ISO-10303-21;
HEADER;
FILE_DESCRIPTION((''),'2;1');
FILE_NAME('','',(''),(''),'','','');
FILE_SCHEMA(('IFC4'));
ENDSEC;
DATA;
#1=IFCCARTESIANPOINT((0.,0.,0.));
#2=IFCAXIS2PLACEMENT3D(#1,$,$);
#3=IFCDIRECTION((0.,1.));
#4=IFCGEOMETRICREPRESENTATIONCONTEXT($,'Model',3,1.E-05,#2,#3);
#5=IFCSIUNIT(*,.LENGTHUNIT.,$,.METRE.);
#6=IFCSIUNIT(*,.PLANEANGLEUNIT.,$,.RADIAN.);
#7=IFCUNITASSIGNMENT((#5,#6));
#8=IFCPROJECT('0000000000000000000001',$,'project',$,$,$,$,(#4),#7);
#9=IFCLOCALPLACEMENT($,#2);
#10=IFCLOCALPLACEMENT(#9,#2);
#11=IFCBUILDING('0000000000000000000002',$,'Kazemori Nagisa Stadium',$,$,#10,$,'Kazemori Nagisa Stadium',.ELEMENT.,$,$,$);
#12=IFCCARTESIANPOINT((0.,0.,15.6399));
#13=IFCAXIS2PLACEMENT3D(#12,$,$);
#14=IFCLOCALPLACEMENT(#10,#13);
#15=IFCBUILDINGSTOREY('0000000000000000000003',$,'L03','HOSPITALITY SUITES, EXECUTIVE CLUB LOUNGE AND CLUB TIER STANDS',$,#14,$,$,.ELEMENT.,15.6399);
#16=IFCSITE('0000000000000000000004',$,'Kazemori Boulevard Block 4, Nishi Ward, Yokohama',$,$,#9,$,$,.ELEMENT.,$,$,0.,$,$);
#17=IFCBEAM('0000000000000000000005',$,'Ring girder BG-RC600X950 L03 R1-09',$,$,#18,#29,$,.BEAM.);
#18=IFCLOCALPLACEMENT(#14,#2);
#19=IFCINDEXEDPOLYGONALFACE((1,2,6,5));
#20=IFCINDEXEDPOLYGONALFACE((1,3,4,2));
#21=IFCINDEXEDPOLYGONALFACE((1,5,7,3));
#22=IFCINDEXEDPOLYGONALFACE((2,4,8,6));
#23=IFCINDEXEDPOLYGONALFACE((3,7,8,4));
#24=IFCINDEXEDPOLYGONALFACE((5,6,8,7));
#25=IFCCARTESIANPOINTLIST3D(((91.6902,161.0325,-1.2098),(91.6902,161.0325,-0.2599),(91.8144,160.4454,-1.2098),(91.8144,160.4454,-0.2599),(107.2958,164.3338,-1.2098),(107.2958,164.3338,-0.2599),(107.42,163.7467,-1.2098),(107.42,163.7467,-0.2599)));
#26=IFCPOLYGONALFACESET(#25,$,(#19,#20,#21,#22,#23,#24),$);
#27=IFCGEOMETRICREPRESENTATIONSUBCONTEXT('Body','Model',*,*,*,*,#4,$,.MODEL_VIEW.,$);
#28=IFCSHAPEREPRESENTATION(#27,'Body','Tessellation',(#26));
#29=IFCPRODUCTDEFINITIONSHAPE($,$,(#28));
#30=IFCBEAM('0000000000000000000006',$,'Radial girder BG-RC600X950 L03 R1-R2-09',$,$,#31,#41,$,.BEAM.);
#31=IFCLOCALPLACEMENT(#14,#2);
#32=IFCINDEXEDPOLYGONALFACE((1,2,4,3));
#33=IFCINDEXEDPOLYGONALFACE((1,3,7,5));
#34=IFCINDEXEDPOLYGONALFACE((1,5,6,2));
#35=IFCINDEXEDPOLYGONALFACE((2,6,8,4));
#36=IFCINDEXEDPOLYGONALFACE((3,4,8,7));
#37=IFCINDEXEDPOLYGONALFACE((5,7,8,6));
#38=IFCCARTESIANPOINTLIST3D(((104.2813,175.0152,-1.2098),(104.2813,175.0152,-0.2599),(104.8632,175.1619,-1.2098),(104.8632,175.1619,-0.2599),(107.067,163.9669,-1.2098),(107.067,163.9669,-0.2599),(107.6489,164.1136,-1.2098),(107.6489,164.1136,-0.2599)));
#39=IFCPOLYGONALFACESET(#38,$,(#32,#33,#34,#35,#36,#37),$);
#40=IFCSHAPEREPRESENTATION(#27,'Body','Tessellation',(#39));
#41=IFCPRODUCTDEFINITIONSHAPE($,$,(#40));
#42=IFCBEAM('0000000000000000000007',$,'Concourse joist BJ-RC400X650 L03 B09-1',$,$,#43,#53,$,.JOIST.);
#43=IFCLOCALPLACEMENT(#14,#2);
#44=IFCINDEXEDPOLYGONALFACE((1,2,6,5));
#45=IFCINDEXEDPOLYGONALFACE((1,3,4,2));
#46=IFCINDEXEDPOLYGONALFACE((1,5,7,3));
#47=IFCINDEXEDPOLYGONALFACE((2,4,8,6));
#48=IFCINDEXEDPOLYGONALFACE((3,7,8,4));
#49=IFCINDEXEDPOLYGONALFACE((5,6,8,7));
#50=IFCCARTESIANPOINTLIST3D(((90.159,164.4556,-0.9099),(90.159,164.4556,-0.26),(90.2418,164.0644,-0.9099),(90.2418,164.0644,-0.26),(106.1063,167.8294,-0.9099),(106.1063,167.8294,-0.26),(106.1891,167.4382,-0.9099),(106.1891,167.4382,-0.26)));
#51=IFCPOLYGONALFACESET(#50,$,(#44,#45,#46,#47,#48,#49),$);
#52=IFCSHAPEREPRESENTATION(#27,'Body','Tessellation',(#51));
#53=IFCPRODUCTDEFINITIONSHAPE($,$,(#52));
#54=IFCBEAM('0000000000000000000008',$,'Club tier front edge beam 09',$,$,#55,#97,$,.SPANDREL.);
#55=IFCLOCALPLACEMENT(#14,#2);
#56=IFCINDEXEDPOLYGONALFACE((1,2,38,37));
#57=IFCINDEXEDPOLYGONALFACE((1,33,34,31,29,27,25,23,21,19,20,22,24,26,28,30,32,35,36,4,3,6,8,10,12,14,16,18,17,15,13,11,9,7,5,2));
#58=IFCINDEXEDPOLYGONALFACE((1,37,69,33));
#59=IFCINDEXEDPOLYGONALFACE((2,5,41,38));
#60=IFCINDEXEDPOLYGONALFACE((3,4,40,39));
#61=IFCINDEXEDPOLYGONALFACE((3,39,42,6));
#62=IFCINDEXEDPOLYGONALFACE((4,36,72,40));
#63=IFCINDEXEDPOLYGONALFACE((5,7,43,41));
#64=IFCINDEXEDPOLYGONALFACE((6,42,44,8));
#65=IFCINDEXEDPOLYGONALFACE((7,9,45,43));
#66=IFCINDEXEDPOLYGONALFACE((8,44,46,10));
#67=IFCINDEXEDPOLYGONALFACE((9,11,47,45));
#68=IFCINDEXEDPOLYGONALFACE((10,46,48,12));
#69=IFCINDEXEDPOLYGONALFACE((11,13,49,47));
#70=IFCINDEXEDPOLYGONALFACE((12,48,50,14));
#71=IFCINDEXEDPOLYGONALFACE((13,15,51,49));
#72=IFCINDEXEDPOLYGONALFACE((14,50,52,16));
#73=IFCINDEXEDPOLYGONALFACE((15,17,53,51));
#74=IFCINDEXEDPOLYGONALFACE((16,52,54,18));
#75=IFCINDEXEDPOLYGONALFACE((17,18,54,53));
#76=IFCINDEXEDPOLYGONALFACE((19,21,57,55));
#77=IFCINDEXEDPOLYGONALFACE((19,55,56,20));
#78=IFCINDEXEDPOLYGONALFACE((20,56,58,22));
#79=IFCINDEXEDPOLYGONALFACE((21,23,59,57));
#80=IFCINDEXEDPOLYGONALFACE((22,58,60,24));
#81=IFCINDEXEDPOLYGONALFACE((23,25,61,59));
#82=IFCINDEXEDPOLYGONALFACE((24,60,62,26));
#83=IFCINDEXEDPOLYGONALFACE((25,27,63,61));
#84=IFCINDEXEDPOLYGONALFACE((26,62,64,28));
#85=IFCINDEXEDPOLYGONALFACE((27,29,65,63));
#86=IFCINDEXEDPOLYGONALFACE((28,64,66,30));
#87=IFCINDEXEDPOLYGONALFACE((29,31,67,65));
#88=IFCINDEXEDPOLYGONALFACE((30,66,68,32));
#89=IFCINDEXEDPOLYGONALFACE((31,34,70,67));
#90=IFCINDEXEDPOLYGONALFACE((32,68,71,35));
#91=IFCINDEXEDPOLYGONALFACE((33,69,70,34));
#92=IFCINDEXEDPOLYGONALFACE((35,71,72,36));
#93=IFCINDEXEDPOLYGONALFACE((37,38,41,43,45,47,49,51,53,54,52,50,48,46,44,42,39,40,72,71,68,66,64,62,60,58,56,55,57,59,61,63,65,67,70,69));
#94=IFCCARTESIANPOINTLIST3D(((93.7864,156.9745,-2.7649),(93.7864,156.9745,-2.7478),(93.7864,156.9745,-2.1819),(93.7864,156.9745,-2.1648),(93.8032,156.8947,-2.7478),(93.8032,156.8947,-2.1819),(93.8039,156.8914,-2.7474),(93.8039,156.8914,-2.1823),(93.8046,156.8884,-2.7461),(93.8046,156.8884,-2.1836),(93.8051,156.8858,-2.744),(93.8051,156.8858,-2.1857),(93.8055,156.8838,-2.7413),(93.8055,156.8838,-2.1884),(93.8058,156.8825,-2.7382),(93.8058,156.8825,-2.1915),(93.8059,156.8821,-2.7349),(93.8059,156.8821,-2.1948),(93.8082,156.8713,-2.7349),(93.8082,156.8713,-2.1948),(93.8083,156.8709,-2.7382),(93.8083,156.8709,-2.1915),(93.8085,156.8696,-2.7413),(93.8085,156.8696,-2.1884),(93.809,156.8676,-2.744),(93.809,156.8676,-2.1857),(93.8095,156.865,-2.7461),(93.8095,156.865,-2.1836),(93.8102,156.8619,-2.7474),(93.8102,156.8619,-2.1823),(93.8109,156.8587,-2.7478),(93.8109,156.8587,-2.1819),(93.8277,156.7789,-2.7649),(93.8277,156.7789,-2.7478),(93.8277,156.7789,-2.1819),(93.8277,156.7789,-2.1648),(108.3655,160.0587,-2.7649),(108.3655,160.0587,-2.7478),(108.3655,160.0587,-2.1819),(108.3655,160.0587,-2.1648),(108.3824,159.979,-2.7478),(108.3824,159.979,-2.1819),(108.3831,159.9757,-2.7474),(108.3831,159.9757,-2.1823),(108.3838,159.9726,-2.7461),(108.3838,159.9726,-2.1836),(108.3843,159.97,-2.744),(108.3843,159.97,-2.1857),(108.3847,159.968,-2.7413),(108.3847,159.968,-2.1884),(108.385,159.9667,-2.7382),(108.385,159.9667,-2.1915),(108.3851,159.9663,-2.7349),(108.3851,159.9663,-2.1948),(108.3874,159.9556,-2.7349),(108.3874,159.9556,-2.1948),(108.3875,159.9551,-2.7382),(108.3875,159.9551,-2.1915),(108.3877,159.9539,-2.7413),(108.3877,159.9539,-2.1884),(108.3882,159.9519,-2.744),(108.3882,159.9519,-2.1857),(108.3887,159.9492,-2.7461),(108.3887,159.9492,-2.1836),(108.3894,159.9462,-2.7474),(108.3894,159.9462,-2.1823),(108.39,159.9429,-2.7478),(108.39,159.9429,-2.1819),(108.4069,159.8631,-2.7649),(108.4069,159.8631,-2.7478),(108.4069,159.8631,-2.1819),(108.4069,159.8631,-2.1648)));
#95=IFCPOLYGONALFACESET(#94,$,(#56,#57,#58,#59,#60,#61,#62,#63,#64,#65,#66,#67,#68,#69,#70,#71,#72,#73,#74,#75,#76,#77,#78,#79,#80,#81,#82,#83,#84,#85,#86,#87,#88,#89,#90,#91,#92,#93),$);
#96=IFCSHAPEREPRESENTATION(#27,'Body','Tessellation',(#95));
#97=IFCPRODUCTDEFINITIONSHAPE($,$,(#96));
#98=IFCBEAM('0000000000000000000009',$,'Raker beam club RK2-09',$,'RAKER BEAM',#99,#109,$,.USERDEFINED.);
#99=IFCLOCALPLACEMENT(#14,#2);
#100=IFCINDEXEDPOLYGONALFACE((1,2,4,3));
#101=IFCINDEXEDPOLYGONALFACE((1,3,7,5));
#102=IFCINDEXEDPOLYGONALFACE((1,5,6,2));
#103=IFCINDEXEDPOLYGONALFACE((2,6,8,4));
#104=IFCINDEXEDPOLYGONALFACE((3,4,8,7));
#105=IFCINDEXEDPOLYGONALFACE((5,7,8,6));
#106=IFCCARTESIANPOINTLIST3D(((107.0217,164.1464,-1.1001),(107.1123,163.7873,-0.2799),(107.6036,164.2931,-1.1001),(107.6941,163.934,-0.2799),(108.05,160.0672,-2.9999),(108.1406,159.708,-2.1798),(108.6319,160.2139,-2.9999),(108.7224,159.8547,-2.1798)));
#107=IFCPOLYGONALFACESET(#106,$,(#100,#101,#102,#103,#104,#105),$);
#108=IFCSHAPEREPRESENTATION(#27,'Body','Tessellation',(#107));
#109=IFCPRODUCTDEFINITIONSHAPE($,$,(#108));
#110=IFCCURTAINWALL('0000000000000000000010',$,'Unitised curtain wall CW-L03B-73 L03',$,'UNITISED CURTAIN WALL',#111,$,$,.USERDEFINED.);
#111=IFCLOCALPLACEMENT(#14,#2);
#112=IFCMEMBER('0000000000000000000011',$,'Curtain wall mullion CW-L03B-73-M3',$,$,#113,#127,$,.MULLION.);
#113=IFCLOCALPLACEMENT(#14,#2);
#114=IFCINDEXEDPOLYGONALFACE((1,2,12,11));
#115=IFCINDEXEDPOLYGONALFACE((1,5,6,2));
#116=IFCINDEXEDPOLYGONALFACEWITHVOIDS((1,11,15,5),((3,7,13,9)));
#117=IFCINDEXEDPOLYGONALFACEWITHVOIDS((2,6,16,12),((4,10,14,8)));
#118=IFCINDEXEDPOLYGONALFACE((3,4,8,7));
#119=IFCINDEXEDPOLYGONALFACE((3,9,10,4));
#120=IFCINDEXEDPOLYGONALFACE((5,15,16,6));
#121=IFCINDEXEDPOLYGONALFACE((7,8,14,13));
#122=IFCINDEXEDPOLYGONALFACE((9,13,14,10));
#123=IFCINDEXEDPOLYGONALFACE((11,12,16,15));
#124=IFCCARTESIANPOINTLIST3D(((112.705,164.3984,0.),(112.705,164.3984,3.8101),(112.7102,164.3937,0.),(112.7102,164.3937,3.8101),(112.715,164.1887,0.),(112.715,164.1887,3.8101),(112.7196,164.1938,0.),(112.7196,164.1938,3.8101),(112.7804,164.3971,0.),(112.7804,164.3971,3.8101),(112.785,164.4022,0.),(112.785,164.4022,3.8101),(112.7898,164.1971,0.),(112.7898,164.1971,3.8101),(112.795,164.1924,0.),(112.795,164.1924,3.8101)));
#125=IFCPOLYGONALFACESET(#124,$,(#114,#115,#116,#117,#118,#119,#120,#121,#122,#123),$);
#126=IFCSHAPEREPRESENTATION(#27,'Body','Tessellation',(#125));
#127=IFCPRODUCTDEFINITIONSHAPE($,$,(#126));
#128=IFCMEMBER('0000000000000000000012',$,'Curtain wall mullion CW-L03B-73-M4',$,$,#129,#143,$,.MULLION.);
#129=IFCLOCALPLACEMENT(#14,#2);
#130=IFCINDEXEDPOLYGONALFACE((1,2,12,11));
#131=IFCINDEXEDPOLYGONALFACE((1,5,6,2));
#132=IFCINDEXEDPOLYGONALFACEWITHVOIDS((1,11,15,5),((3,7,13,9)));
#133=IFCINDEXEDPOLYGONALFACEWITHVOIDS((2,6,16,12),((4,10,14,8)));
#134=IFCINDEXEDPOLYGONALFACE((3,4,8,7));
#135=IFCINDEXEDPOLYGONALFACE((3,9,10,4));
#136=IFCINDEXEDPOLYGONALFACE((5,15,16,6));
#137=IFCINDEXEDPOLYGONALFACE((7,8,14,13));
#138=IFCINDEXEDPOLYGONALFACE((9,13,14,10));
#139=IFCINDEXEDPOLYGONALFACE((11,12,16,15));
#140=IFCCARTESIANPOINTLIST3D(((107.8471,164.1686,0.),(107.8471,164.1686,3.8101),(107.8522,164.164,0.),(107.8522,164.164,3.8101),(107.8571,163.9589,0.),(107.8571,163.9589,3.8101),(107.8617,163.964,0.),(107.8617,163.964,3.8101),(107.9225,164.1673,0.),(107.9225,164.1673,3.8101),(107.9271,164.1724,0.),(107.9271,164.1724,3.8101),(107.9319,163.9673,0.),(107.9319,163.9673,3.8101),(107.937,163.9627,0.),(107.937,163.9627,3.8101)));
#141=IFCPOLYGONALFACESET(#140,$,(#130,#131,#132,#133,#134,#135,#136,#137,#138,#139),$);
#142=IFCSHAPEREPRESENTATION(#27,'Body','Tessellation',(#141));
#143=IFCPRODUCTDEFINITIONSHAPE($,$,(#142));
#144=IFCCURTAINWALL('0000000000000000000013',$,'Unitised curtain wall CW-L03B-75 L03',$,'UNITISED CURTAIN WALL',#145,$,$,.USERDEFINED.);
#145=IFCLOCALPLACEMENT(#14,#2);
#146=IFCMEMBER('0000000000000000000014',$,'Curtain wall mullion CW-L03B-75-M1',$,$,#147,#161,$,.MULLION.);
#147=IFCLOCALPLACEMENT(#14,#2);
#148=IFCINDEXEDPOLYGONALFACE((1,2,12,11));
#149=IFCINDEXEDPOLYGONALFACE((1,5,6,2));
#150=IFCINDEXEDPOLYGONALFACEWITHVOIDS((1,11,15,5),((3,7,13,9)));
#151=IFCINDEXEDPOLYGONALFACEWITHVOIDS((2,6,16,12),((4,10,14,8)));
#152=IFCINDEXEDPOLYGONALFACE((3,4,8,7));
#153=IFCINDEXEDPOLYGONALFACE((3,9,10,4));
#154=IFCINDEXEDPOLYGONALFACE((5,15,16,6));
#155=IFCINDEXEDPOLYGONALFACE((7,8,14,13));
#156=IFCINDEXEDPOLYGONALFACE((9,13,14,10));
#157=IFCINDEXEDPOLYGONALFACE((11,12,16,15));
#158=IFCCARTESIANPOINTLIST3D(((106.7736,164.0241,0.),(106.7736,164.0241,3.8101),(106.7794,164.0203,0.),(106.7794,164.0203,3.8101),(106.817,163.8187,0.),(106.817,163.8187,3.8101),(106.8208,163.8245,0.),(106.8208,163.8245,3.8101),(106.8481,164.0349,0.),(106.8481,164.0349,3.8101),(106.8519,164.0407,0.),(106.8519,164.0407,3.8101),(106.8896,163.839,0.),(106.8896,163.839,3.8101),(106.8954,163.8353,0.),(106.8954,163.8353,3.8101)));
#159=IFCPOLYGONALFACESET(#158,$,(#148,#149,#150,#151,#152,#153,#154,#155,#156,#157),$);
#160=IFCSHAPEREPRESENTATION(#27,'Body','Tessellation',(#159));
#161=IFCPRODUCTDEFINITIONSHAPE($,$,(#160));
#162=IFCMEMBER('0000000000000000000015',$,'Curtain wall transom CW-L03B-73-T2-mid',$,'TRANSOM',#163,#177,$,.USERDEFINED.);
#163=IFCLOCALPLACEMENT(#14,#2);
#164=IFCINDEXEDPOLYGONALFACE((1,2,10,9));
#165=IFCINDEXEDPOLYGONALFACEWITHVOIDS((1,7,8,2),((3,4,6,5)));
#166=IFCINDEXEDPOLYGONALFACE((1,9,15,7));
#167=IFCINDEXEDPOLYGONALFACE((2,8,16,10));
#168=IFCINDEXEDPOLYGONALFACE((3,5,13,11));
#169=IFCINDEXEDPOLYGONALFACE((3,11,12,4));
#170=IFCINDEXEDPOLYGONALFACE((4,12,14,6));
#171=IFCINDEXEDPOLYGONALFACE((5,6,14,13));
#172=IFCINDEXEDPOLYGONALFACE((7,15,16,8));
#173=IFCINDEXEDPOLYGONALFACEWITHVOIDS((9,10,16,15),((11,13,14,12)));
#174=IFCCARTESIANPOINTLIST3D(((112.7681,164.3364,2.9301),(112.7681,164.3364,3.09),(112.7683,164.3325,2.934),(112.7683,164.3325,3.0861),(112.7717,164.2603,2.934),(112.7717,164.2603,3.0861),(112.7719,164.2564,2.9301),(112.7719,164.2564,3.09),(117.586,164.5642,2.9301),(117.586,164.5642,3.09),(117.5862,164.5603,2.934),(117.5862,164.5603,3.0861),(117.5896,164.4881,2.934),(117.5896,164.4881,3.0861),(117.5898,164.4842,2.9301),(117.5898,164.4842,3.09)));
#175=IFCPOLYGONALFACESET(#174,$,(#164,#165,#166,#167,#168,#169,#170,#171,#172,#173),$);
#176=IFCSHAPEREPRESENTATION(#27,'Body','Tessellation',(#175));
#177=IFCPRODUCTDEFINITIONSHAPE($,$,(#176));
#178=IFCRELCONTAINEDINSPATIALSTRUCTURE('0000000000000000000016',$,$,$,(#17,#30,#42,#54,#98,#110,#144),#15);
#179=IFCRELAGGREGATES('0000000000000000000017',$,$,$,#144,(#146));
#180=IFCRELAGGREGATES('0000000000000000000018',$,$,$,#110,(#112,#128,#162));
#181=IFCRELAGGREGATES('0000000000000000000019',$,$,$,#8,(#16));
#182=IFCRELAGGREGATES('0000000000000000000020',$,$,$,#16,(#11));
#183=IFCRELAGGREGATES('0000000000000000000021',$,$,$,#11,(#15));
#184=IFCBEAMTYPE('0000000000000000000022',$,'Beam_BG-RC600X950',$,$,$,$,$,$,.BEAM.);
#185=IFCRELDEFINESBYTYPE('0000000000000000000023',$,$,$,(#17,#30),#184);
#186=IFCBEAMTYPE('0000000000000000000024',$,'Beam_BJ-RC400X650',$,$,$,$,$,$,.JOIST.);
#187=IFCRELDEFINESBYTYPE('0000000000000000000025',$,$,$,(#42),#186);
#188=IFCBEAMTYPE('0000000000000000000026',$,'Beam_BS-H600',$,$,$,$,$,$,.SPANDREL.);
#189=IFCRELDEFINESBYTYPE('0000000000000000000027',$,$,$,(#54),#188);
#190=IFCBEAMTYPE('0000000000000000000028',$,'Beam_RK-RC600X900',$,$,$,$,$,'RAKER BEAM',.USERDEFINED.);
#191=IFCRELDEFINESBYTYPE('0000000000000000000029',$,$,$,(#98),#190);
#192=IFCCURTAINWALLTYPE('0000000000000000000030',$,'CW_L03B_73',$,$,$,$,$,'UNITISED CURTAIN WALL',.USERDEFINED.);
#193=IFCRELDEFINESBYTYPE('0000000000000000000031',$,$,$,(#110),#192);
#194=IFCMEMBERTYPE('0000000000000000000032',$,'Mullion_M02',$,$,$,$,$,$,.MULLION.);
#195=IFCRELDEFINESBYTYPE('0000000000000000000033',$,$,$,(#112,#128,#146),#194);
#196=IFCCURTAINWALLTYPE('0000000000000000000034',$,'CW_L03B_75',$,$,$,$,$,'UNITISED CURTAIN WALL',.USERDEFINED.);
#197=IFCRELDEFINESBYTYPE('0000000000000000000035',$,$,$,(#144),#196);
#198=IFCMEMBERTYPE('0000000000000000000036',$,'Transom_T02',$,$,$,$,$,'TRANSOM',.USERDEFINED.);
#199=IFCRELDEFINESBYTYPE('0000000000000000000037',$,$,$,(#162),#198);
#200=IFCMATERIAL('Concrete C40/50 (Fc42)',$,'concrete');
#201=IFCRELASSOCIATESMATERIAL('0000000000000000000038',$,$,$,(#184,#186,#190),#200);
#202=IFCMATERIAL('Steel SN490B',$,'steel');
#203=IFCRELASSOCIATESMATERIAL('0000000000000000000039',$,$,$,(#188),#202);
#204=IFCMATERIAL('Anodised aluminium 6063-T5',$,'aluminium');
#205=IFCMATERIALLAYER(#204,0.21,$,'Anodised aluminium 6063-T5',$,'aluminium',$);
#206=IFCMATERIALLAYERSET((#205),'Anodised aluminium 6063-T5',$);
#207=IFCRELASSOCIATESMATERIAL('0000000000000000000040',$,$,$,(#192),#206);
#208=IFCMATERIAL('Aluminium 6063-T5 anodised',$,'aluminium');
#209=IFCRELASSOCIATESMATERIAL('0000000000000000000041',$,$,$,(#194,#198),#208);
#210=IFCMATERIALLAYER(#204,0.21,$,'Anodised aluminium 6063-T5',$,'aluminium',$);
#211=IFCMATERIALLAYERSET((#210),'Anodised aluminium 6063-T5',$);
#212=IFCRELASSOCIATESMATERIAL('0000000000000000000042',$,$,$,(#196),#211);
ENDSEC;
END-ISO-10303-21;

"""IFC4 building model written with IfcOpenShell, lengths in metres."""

from ifc_helpers import new_model, si_unit, direction, frame, origin, origin_2d, place, context, subcontext, project, spatial, rectangle, hollow_rectangle, i_section, extrude, material, layer, layer_set, material_profile, profile_set, type_object, element, aggregate, save


model = new_model("IFC4")

# Units and contexts
model_context = context("Model", 3, precision=1e-05, world=origin(), true_north=direction((0.0, 1.0)))
body_context = subcontext(model_context, "Body", "Model", "MODEL_VIEW")
ifc_project = project(units=[si_unit("LENGTHUNIT", "METRE"), si_unit("PLANEANGLEUNIT", "RADIAN")], contexts=[model_context])

# Site, building, storey
site_placement = place(None, origin())
site = spatial("IfcSite", under=ifc_project, at=site_placement, Name="Kazemori Boulevard Block 4, Nishi Ward, Yokohama", CompositionType="ELEMENT", RefElevation=0.0)
building_placement = place(site_placement, origin())
building = spatial("IfcBuilding", under=site, at=building_placement, Name="Kazemori Nagisa Stadium", LongName="Kazemori Nagisa Stadium", CompositionType="ELEMENT")
storey_placement = place(building_placement, frame((0.0, 0.0, 15.6399)))
storey = spatial("IfcBuildingStorey", under=building, at=storey_placement, Name="L03", Description="HOSPITALITY SUITES, EXECUTIVE CLUB LOUNGE AND CLUB TIER STANDS", CompositionType="ELEMENT", Elevation=15.6399)

# Shared definitions
ifc_material_1 = material(Name="Concrete C40/50 (Fc42)", Category="concrete")

# Beams
ifc_material_profile_1 = material_profile(ifc_material_1, rectangle(XDim=0.6001, YDim=0.95, at=origin_2d()), Name="RC-BM-600x950")
ifc_profile_set_1 = profile_set([ifc_material_profile_1], Name="Concrete C40/50 (Fc42)")
beam_type_1 = type_object("IfcBeamType", Name="Beam_BG-RC600X950", PredefinedType="BEAM", material=ifc_profile_set_1)
beam_1_placement = place(storey_placement, frame((107.3579, 164.0403, -0.7349), z_axis=(-0.978348, -0.206965, 0.0), x_axis=(0.206965, -0.978348, 0.0)))
element("IfcBeam", 1, at=beam_1_placement, inside=storey, type_object=beam_type_1, Name="Ring girder BG-RC600X950 L03 R1-09", PredefinedType="BEAM", context=body_context, shape_type="SweptSolid", body=[
    extrude(rectangle(XDim=0.6001, YDim=0.95, at=origin_2d()), origin(), (0.0, 0.0, 1.0), 15.9509),
])
beam_2_placement = place(storey_placement, frame((107.3579, 164.0403, -0.7349), z_axis=(-0.244481, 0.969654, 0.0), x_axis=(-0.969654, -0.244481, 0.0)))
element("IfcBeam", 2, at=beam_2_placement, inside=storey, type_object=beam_type_1, Name="Radial girder BG-RC600X950 L03 R1-R2-09", PredefinedType="BEAM", context=body_context, shape_type="SweptSolid", body=[
    extrude(rectangle(XDim=0.6001, YDim=0.95, at=origin_2d()), origin(), (0.0, 0.0, 1.0), 11.394),
])
ifc_material_profile_2 = material_profile(ifc_material_1, rectangle(XDim=0.3999, YDim=0.6499, at=origin_2d()), Name="RC-BM-400x650")
ifc_profile_set_2 = profile_set([ifc_material_profile_2], Name="Concrete C40/50 (Fc42)")
beam_type_2 = type_object("IfcBeamType", Name="Beam_BJ-RC400X650", PredefinedType="JOIST", material=ifc_profile_set_2)
beam_3_placement = place(storey_placement, frame((106.1477, 167.6338, -0.585), z_axis=(-0.978346, -0.206977, 0.0), x_axis=(0.206977, -0.978346, 0.0)))
element("IfcBeam", 3, at=beam_3_placement, inside=storey, type_object=beam_type_2, Name="Concourse joist BJ-RC400X650 L03 B09-1", PredefinedType="JOIST", context=body_context, shape_type="SweptSolid", body=[
    extrude(rectangle(XDim=0.3999, YDim=0.6499, at=origin_2d()), origin(), (0.0, 0.0, 1.0), 16.3003),
])
ifc_material_2 = material(Name="Steel SN490B", Category="steel")
ifc_material_profile_3 = material_profile(ifc_material_2, i_section(OverallWidth=0.2, OverallDepth=0.6001, WebThickness=0.011, FlangeThickness=0.0171, FilletRadius=0.0129, at=origin_2d()), Name="H-600x200x11x17")
ifc_profile_set_3 = profile_set([ifc_material_profile_3], Name="Steel SN490B")
beam_type_3 = type_object("IfcBeamType", Name="Beam_BS-H600", PredefinedType="SPANDREL", material=ifc_profile_set_3)
beam_4_placement = place(storey_placement, frame((108.3862, 159.9609, -2.4648), z_axis=(-0.978347, -0.206971, 0.0), x_axis=(0.206971, -0.978347, 0.0)))
element("IfcBeam", 4, at=beam_4_placement, inside=storey, type_object=beam_type_3, Name="Club tier front edge beam 09", PredefinedType="SPANDREL", context=body_context, shape_type="SweptSolid", body=[
    extrude(i_section(OverallWidth=0.2, OverallDepth=0.6001, WebThickness=0.011, FlangeThickness=0.0171, FilletRadius=0.0129, at=origin_2d()), origin(), (0.0, 0.0, 1.0), 14.9019),
])
ifc_material_profile_4 = material_profile(ifc_material_1, rectangle(XDim=0.6001, YDim=0.8999, at=origin_2d()), Name="RC-RK-600x900")
ifc_profile_set_4 = profile_set([ifc_material_profile_4], Name="Concrete C40/50 (Fc42)")
beam_type_4 = type_object("IfcBeamType", Name="Beam_RK-RC600X900", ElementType="RAKER BEAM", PredefinedType="USERDEFINED", material=ifc_profile_set_4)
beam_5_placement = place(storey_placement, frame((108.3862, 159.9609, -2.5898), z_axis=(-0.222769, 0.883726, 0.411584), x_axis=(-0.969666, -0.244433, 0.0)))
element("IfcBeam", 5, at=beam_5_placement, inside=storey, type_object=beam_type_4, Name="Raker beam club RK2-09", ObjectType="RAKER BEAM", PredefinedType="USERDEFINED", context=body_context, shape_type="SweptSolid", body=[
    extrude(rectangle(XDim=0.6001, YDim=0.8999, at=origin_2d()), origin(), (0.0, 0.0, 1.0), 4.616),
])

# Curtain wall, members
ifc_material_3 = material(Name="Anodised aluminium 6063-T5", Category="aluminium")
ifc_layer_1 = layer(ifc_material_3, 0.21, Name="Anodised aluminium 6063-T5", Category="aluminium")
ifc_layer_set_1 = layer_set([ifc_layer_1], Name="Anodised aluminium 6063-T5")
curtain_wall_type_1 = type_object("IfcCurtainWallType", Name="CW_L03B_73", ElementType="UNITISED CURTAIN WALL", PredefinedType="USERDEFINED", material=ifc_layer_set_1)
curtain_wall_1_placement = place(storey_placement, origin())
curtain_wall_1 = element("IfcCurtainWall", 6, at=curtain_wall_1_placement, inside=storey, type_object=curtain_wall_type_1, Name="Unitised curtain wall CW-L03B-73 L03", ObjectType="UNITISED CURTAIN WALL", PredefinedType="USERDEFINED")
ifc_material_4 = material(Name="Aluminium 6063-T5 anodised", Category="aluminium")
ifc_material_profile_5 = material_profile(ifc_material_4, hollow_rectangle(XDim=0.0801, YDim=0.21, WallThickness=0.0049, at=origin_2d()), Name="ALU-MULL-80x210x5")
ifc_profile_set_5 = profile_set([ifc_material_profile_5], Name="Aluminium 6063-T5 anodised")
member_type_1 = type_object("IfcMemberType", Name="Mullion_M02", PredefinedType="MULLION", material=ifc_profile_set_5)
member_1_placement = place(storey_placement, frame((112.75, 164.2954, 0.0), z_axis=(0.0, 0.0, 1.0), x_axis=(-0.998884, -0.04723, 0.0)))
member_1 = element("IfcMember", 7, at=member_1_placement, type_object=member_type_1, Name="Curtain wall mullion CW-L03B-73-M3", PredefinedType="MULLION", context=body_context, shape_type="SweptSolid", body=[
    extrude(hollow_rectangle(XDim=0.0801, YDim=0.21, WallThickness=0.0049, at=origin_2d()), origin(), (0.0, 0.0, 1.0), 3.8101),
])
member_2_placement = place(storey_placement, frame((107.8921, 164.0657, 0.0), z_axis=(0.0, 0.0, 1.0), x_axis=(-0.998884, -0.04723, 0.0)))
member_2 = element("IfcMember", 8, at=member_2_placement, type_object=member_type_1, Name="Curtain wall mullion CW-L03B-73-M4", PredefinedType="MULLION", context=body_context, shape_type="SweptSolid", body=[
    extrude(hollow_rectangle(XDim=0.0801, YDim=0.21, WallThickness=0.0049, at=origin_2d()), origin(), (0.0, 0.0, 1.0), 3.8101),
])

# Curtain wall, member
ifc_layer_2 = layer(ifc_material_3, 0.21, Name="Anodised aluminium 6063-T5", Category="aluminium")
ifc_layer_set_2 = layer_set([ifc_layer_2], Name="Anodised aluminium 6063-T5")
curtain_wall_type_2 = type_object("IfcCurtainWallType", Name="CW_L03B_75", ElementType="UNITISED CURTAIN WALL", PredefinedType="USERDEFINED", material=ifc_layer_set_2)
curtain_wall_2_placement = place(storey_placement, origin())
curtain_wall_2 = element("IfcCurtainWall", 9, at=curtain_wall_2_placement, inside=storey, type_object=curtain_wall_type_2, Name="Unitised curtain wall CW-L03B-75 L03", ObjectType="UNITISED CURTAIN WALL", PredefinedType="USERDEFINED")
member_3_placement = place(storey_placement, frame((106.8345, 163.9297, 0.0), z_axis=(0.0, 0.0, 1.0), x_axis=(-0.978345, -0.206981, 0.0)))
member_3 = element("IfcMember", 10, at=member_3_placement, type_object=member_type_1, Name="Curtain wall mullion CW-L03B-75-M1", PredefinedType="MULLION", context=body_context, shape_type="SweptSolid", body=[
    extrude(hollow_rectangle(XDim=0.0801, YDim=0.21, WallThickness=0.0049, at=origin_2d()), origin(), (0.0, 0.0, 1.0), 3.8101),
])

# Member
ifc_material_profile_6 = material_profile(ifc_material_4, hollow_rectangle(XDim=0.0801, YDim=0.1599, WallThickness=0.0039, at=origin_2d()), Name="ALU-TRAN-80x160x4")
ifc_profile_set_6 = profile_set([ifc_material_profile_6], Name="Aluminium 6063-T5 anodised")
member_type_2 = type_object("IfcMemberType", Name="Transom_T02", ElementType="TRANSOM", PredefinedType="USERDEFINED", material=ifc_profile_set_6)
member_4_placement = place(storey_placement, frame((117.5879, 164.5242, 3.01), z_axis=(-0.998884, -0.047226, 0.0), x_axis=(0.047226, -0.998884, 0.0)))
member_4 = element("IfcMember", 11, at=member_4_placement, type_object=member_type_2, Name="Curtain wall transom CW-L03B-73-T2-mid", ObjectType="TRANSOM", PredefinedType="USERDEFINED", context=body_context, shape_type="SweptSolid", body=[
    extrude(hollow_rectangle(XDim=0.0801, YDim=0.1599, WallThickness=0.0039, at=origin_2d()), origin(), (0.0, 0.0, 1.0), 4.8232),
])
aggregate(curtain_wall_2, [member_3])

aggregate(curtain_wall_1, [member_1, member_2, member_4])

save(model, "model.ifc")
